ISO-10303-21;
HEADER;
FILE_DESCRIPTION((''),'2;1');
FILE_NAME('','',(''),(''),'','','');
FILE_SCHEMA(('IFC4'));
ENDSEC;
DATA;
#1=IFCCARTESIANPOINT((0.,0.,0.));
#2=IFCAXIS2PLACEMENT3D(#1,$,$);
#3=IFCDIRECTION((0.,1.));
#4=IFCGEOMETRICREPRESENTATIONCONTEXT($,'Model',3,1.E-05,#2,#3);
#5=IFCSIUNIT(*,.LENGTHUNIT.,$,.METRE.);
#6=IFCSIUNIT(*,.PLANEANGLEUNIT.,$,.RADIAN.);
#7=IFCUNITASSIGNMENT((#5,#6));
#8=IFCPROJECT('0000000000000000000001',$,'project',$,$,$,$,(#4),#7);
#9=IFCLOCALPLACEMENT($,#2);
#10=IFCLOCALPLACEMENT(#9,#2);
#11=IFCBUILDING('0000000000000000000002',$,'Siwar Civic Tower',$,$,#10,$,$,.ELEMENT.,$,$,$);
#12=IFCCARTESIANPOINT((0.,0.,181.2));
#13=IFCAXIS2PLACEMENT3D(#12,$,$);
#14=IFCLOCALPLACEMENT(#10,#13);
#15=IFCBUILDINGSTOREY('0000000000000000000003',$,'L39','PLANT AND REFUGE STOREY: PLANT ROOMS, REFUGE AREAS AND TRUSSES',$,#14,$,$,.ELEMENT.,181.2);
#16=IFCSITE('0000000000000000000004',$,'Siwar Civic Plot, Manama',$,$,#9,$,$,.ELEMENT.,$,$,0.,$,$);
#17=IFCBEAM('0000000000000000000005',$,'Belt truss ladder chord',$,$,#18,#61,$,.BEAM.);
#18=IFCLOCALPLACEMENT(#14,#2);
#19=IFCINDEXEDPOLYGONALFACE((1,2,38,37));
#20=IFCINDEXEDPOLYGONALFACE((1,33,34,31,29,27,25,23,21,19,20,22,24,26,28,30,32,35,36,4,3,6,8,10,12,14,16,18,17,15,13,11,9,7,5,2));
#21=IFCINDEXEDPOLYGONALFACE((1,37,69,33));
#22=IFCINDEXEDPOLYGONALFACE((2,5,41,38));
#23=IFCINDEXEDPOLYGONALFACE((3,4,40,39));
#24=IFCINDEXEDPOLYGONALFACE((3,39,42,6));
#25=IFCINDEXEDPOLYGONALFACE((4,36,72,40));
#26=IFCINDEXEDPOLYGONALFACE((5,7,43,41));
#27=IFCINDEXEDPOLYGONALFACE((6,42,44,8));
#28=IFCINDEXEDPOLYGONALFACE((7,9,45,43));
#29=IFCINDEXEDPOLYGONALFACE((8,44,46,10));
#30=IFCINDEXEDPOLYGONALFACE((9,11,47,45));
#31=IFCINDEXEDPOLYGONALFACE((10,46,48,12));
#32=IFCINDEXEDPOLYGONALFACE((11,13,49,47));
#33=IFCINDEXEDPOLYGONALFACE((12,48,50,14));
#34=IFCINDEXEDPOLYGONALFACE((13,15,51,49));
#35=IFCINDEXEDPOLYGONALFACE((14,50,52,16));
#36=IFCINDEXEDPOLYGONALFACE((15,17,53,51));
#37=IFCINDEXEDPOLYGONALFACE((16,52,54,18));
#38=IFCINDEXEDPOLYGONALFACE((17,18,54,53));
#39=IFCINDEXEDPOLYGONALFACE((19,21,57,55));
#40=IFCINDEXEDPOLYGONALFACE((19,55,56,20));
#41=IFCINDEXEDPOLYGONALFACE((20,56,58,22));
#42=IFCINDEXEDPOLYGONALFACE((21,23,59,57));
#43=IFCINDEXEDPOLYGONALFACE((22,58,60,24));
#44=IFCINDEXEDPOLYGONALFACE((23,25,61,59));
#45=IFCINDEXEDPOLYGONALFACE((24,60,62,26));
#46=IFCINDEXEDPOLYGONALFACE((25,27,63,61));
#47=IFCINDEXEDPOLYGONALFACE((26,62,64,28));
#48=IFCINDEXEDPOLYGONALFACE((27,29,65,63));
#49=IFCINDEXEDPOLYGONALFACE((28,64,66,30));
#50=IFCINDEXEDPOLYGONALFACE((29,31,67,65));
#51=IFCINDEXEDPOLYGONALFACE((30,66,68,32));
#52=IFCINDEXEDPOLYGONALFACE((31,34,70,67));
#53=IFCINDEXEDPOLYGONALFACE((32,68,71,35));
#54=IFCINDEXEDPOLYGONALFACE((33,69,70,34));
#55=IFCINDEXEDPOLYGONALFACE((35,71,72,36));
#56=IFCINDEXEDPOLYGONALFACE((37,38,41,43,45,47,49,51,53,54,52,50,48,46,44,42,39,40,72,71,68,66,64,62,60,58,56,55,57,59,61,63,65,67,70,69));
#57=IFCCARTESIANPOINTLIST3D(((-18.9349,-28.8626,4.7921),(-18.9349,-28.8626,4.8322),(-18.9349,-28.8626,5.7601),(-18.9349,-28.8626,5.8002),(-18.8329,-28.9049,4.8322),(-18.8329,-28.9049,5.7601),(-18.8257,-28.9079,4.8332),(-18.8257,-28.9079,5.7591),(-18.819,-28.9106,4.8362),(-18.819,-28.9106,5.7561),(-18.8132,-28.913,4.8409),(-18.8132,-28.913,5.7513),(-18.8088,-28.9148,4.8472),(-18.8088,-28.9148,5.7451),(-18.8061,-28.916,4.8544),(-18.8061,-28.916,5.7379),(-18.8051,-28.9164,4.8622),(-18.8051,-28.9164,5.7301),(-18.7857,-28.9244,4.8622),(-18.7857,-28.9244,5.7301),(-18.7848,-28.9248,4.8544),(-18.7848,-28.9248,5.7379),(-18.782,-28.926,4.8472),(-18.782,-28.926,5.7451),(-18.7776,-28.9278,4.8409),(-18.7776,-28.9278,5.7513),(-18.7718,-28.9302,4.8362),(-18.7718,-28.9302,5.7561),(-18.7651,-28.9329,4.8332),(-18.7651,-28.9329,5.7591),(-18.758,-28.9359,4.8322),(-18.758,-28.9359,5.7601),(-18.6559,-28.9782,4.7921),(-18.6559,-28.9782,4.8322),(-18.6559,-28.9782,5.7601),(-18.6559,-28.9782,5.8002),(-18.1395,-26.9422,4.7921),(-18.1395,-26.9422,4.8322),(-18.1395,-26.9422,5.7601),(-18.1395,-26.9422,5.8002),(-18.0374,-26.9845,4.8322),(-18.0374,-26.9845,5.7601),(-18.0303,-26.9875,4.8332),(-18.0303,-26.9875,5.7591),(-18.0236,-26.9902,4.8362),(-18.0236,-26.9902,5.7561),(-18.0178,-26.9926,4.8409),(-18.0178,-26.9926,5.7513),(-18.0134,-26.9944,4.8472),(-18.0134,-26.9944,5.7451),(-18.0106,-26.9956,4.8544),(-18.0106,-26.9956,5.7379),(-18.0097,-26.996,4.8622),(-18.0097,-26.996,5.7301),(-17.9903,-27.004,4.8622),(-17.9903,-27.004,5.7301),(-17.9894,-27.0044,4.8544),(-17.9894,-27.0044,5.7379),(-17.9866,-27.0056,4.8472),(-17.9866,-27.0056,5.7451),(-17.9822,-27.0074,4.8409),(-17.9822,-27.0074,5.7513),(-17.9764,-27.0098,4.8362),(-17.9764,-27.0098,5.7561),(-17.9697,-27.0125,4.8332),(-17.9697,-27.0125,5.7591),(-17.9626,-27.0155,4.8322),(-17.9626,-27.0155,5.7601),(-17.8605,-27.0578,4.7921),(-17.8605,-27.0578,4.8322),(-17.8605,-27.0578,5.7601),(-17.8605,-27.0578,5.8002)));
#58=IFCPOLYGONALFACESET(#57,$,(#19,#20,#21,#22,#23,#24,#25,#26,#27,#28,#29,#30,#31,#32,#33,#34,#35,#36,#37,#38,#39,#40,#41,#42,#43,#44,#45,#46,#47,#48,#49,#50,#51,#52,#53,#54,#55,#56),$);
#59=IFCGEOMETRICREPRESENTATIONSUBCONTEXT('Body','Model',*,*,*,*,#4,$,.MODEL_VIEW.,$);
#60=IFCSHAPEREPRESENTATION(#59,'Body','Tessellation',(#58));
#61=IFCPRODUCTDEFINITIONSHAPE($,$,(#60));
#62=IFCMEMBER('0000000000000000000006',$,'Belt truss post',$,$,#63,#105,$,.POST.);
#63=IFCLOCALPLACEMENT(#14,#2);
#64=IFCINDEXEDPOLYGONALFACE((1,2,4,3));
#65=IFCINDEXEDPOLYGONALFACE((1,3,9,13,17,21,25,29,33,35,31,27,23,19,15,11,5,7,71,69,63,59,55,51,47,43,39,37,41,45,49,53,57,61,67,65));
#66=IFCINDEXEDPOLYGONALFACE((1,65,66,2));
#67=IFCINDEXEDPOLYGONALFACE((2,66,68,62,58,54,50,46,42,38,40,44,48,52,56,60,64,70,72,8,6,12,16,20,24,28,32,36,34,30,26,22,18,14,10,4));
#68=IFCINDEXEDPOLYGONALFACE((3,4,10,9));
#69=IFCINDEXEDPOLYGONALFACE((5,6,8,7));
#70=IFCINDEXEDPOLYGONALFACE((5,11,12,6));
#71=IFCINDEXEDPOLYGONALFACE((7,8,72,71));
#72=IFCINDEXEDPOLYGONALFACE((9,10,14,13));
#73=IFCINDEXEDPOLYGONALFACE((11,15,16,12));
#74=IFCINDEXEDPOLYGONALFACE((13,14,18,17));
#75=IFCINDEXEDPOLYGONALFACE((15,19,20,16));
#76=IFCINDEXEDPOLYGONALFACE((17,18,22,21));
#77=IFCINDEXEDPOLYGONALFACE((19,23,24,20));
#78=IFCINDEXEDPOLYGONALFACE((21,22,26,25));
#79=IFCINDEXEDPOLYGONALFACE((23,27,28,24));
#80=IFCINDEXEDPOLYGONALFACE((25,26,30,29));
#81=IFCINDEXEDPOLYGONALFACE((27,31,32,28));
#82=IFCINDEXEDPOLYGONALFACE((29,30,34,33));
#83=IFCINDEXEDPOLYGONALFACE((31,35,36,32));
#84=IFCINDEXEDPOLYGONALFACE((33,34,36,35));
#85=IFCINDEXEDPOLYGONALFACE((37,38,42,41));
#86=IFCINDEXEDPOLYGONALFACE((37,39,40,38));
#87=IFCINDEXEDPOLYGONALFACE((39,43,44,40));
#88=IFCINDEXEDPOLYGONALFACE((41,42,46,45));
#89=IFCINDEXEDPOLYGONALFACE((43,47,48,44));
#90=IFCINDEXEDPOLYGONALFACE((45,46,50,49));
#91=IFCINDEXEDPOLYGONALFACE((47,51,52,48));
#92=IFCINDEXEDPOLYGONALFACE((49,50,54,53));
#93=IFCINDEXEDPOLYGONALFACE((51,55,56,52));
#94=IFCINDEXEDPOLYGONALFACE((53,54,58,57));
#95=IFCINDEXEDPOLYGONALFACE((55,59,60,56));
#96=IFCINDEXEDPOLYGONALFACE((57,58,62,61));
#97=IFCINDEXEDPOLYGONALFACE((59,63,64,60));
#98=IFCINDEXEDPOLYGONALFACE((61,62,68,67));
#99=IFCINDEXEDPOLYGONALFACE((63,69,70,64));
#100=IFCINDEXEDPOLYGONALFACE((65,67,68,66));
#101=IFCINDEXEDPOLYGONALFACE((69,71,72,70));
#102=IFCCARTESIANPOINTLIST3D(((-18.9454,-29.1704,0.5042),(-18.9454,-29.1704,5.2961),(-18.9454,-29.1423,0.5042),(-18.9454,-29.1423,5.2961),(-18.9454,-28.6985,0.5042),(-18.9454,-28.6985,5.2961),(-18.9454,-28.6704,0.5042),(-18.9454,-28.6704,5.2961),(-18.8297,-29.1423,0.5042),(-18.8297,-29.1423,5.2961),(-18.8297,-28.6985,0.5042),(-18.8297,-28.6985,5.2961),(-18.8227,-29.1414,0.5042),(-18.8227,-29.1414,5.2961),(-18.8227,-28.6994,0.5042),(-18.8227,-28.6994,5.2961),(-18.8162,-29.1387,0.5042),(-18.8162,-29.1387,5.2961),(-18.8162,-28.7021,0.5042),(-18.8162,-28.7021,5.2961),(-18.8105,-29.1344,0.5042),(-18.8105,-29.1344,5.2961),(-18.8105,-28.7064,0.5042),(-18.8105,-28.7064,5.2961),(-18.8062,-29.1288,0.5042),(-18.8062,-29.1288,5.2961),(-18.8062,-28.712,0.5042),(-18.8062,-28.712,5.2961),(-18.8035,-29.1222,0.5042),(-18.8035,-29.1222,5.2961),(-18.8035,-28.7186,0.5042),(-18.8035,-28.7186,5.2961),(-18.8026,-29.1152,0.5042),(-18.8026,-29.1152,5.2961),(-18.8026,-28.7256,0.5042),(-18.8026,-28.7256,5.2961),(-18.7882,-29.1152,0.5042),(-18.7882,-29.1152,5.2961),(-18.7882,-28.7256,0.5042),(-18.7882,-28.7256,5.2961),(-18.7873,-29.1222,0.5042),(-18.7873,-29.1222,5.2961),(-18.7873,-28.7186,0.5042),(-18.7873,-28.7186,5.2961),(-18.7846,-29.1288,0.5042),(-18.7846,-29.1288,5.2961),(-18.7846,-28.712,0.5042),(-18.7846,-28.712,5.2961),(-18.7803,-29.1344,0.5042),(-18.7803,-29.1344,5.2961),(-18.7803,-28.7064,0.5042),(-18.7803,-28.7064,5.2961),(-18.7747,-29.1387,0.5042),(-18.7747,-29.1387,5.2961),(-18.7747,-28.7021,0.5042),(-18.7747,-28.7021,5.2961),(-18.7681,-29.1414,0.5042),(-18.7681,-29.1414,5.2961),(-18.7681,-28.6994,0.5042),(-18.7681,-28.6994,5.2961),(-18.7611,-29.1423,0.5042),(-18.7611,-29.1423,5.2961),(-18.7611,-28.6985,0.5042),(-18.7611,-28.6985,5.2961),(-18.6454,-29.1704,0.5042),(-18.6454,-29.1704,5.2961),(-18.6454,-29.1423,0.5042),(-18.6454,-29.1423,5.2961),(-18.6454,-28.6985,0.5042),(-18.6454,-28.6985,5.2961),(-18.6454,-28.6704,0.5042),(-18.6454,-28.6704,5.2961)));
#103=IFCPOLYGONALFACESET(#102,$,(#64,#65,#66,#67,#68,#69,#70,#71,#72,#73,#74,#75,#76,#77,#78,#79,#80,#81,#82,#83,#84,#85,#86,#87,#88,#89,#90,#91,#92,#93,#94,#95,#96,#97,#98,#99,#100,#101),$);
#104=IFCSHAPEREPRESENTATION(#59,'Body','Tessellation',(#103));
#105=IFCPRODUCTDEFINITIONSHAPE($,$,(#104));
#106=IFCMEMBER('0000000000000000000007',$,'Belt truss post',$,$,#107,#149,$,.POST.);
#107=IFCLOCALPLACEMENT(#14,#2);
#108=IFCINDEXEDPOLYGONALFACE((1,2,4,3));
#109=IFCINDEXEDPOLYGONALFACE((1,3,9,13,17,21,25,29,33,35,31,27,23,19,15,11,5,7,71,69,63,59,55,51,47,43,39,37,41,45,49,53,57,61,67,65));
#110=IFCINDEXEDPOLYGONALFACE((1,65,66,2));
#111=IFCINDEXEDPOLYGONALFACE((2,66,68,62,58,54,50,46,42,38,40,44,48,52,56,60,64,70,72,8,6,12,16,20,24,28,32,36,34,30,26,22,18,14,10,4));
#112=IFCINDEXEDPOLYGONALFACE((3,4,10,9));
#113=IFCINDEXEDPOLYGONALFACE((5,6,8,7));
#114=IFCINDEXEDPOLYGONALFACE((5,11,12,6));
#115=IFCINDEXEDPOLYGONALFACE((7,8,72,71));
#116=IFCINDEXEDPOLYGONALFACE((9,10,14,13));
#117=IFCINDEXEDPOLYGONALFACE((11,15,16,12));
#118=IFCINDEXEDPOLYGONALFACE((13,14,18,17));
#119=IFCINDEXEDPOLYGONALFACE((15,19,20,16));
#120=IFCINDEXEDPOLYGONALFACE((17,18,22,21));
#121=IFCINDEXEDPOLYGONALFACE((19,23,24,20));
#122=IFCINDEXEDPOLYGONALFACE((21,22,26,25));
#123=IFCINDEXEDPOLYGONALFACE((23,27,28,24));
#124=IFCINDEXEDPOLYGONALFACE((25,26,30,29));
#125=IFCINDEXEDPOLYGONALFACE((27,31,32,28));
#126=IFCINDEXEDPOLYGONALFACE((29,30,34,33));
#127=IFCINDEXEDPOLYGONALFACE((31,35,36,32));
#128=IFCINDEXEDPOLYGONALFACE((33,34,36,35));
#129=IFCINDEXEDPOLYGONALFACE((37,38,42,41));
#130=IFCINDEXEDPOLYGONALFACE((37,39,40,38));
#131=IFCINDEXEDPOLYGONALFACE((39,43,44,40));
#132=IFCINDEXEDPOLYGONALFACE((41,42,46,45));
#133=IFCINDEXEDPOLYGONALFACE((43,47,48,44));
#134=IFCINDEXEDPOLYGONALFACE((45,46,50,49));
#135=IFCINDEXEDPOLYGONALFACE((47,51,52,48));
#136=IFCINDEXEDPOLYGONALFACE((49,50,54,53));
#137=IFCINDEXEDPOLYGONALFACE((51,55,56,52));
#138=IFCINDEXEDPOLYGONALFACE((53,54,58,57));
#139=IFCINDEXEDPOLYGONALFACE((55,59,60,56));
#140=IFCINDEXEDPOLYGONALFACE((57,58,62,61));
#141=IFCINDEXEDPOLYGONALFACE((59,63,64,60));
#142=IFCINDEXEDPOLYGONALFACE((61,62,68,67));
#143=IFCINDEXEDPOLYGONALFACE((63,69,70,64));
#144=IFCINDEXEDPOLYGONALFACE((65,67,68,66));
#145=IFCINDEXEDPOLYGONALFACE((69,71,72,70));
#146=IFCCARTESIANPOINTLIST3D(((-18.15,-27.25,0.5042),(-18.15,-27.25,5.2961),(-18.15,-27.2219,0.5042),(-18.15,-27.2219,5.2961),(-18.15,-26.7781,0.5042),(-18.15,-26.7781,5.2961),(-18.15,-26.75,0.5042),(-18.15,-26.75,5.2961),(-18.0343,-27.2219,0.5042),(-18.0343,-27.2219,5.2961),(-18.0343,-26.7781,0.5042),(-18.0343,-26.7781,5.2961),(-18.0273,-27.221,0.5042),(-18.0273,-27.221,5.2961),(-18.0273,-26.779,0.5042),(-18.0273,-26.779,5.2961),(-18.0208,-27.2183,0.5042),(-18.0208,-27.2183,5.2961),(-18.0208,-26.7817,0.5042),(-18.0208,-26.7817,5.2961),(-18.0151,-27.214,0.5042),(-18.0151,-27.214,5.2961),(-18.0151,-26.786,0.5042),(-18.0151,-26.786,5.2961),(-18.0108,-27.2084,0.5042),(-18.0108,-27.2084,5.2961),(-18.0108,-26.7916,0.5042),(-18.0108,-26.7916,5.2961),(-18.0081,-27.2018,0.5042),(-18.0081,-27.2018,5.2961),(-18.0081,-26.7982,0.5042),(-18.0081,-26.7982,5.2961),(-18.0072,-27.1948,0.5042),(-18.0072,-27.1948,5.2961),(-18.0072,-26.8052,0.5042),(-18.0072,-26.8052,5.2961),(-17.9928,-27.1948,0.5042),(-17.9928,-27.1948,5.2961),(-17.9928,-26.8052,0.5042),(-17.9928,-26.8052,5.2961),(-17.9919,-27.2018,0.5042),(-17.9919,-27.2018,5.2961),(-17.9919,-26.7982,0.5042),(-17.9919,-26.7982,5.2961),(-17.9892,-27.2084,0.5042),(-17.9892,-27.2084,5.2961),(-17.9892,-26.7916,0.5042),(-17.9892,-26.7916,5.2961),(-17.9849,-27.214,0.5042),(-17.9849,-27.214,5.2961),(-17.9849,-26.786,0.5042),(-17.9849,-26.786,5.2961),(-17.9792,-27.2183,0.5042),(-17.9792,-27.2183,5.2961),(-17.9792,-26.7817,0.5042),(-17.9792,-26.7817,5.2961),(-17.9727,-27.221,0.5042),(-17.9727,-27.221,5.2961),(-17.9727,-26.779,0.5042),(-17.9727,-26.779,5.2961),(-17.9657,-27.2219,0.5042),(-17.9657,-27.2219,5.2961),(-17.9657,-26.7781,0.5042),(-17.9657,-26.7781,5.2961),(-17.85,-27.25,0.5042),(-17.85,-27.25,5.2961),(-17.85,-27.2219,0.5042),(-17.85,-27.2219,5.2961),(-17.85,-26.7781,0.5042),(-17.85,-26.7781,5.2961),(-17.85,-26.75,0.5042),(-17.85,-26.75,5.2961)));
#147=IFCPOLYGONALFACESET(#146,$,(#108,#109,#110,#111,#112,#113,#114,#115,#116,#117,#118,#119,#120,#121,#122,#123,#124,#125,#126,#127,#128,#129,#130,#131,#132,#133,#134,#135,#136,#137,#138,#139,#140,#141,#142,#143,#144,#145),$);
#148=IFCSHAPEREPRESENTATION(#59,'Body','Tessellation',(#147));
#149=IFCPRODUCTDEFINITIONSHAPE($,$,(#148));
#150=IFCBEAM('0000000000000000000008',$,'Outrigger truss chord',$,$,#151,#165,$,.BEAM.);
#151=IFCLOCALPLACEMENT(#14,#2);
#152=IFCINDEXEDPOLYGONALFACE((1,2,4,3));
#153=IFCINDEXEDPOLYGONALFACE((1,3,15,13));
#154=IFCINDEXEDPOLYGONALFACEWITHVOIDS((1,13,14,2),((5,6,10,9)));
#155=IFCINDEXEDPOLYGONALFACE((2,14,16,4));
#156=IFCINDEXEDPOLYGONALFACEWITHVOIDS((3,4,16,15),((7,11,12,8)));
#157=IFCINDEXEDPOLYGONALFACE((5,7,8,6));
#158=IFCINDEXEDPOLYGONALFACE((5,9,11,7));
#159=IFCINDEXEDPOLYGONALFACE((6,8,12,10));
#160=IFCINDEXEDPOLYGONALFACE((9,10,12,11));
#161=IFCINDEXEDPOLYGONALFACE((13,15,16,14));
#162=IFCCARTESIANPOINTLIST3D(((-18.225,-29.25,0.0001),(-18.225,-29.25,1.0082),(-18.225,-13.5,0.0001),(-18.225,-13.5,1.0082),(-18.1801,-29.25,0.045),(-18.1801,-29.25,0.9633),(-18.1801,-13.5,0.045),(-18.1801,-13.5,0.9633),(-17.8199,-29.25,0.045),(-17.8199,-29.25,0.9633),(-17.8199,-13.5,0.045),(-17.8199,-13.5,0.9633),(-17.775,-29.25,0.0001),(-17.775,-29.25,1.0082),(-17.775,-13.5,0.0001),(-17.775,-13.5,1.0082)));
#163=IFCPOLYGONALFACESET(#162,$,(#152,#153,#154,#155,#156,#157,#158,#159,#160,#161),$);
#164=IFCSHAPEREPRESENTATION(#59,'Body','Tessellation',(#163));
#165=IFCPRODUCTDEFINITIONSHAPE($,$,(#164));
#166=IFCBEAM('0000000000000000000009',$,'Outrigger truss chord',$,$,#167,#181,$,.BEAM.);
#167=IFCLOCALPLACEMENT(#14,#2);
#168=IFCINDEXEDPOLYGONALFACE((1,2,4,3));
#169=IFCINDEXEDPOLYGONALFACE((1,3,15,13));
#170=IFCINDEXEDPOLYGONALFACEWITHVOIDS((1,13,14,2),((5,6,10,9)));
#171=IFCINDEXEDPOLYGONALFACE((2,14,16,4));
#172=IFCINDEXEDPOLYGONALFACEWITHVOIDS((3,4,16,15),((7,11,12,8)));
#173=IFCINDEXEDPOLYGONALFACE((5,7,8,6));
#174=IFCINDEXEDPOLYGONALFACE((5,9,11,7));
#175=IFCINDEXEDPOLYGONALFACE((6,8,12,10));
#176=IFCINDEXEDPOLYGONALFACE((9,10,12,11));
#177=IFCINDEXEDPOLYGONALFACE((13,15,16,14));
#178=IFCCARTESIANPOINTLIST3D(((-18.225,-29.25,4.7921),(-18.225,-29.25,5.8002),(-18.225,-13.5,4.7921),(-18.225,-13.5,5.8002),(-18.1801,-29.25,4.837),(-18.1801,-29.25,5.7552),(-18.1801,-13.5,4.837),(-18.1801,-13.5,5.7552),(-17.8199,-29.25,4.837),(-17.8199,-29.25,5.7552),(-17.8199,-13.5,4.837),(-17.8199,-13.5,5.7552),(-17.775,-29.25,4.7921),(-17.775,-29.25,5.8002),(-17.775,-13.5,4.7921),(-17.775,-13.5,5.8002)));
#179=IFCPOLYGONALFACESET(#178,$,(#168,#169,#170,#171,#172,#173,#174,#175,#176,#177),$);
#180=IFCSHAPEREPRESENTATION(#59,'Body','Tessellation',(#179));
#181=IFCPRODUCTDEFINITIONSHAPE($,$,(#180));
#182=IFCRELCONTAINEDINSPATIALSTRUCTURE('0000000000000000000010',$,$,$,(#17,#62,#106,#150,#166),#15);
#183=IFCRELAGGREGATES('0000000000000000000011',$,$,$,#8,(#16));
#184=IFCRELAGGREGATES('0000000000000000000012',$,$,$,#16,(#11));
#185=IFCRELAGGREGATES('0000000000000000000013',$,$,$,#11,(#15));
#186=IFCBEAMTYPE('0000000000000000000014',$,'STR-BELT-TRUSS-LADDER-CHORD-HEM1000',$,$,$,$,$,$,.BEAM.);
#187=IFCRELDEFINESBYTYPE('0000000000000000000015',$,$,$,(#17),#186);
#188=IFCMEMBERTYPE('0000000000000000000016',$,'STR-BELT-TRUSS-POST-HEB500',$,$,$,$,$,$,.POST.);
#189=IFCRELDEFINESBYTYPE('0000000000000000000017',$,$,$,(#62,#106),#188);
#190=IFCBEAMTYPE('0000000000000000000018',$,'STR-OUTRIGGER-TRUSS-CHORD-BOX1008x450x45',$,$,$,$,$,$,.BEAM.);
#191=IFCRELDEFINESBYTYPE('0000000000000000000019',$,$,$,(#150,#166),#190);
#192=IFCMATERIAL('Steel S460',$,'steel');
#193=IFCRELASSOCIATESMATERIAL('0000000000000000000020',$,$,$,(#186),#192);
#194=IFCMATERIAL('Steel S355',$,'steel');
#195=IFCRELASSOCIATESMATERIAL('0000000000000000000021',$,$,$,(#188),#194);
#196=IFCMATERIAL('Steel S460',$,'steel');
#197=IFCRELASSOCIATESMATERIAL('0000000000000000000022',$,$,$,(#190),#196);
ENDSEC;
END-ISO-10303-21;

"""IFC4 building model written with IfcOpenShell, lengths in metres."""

from ifc_helpers import new_model, si_unit, direction, frame, origin, origin_2d, place, context, subcontext, project, spatial, hollow_rectangle, i_section, extrude, material, material_profile, profile_set, type_object, element, save


model = new_model("IFC4")

# Units and contexts
model_context = context("Model", 3, precision=1e-05, world=origin(), true_north=direction((0.0, 1.0)))
body_context = subcontext(model_context, "Body", "Model", "MODEL_VIEW")
ifc_project = project(units=[si_unit("LENGTHUNIT", "METRE"), si_unit("PLANEANGLEUNIT", "RADIAN")], contexts=[model_context])

# Site, building, storey
site_placement = place(None, origin())
site = spatial("IfcSite", under=ifc_project, at=site_placement, Name="Siwar Civic Plot, Manama", CompositionType="ELEMENT", RefElevation=0.0)
building_placement = place(site_placement, origin())
building = spatial("IfcBuilding", under=site, at=building_placement, Name="Siwar Civic Tower", CompositionType="ELEMENT")
storey_placement = place(building_placement, frame((0.0, 0.0, 181.2)))
storey = spatial("IfcBuildingStorey", under=building, at=storey_placement, Name="L39", Description="PLANT AND REFUGE STOREY: PLANT ROOMS, REFUGE AREAS AND TRUSSES", CompositionType="ELEMENT", Elevation=181.2)

# Beam
ifc_material_1 = material(Name="Steel S460", Category="steel")
ifc_material_profile_1 = material_profile(ifc_material_1, i_section(OverallWidth=0.302, OverallDepth=1.0081, WebThickness=0.021, FlangeThickness=0.04, FilletRadius=0.03, at=origin_2d()), Name="HEM1000")
ifc_profile_set_1 = profile_set([ifc_material_profile_1], Name="Steel S460")
beam_type_1 = type_object("IfcBeamType", Name="STR-BELT-TRUSS-LADDER-CHORD-HEM1000", PredefinedType="BEAM", material=ifc_profile_set_1)
for number, where, z_axis, x_axis, name in (
    (1, (-18.0, -27.0, 5.2961), (-0.382663, -0.923888, 0.0), (0.923888, -0.382663, 0.0), "Belt truss ladder chord"),
):
    element("IfcBeam", number, at=place(storey_placement, frame(where, z_axis=z_axis, x_axis=x_axis)), inside=storey, type_object=beam_type_1, Name=name, PredefinedType="BEAM", context=body_context, shape_type="SweptSolid", body=[
        extrude(i_section(OverallWidth=0.302, OverallDepth=1.0081, WebThickness=0.021, FlangeThickness=0.04, FilletRadius=0.03, at=origin_2d()), origin(), (0.0, 0.0, 1.0), 2.0786),
    ])

# Members
ifc_material_2 = material(Name="Steel S355", Category="steel")
ifc_material_profile_2 = material_profile(ifc_material_2, i_section(OverallWidth=0.3, OverallDepth=0.5, WebThickness=0.0144, FlangeThickness=0.0281, FilletRadius=0.0271, at=origin_2d()), Name="HEB500")
ifc_profile_set_2 = profile_set([ifc_material_profile_2], Name="Steel S355")
member_type_1 = type_object("IfcMemberType", Name="STR-BELT-TRUSS-POST-HEB500", PredefinedType="POST", material=ifc_profile_set_2)
for number, where, z_axis, x_axis, name in (
    (2, (-18.7954, -28.9204, 0.5042), (0.0, 0.0, 1.0), (1.0, 0.0, 0.0), "Belt truss post"),
    (3, (-18.0, -27.0, 0.5042), (0.0, 0.0, 1.0), (1.0, 0.0, 0.0), "Belt truss post"),
):
    element("IfcMember", number, at=place(storey_placement, frame(where, z_axis=z_axis, x_axis=x_axis)), inside=storey, type_object=member_type_1, Name=name, PredefinedType="POST", context=body_context, shape_type="SweptSolid", body=[
        extrude(i_section(OverallWidth=0.3, OverallDepth=0.5, WebThickness=0.0144, FlangeThickness=0.0281, FilletRadius=0.0271, at=origin_2d()), origin(), (0.0, 0.0, 1.0), 4.792),
    ])

# Beams
ifc_material_3 = material(Name="Steel S460", Category="steel")
ifc_material_profile_3 = material_profile(ifc_material_3, hollow_rectangle(XDim=0.45, YDim=1.0081, WallThickness=0.0449, at=origin_2d()), Name="BOX1008x450x45")
ifc_profile_set_3 = profile_set([ifc_material_profile_3], Name="Steel S460")
beam_type_2 = type_object("IfcBeamType", Name="STR-OUTRIGGER-TRUSS-CHORD-BOX1008x450x45", PredefinedType="BEAM", material=ifc_profile_set_3)
for number, where, z_axis, x_axis, name in (
    (4, (-18.0, -29.25, 0.5042), (0.0, 1.0, 0.0), (-1.0, 0.0, 0.0), "Outrigger truss chord"),
    (5, (-18.0, -29.25, 5.2961), (0.0, 1.0, 0.0), (-1.0, 0.0, 0.0), "Outrigger truss chord"),
):
    element("IfcBeam", number, at=place(storey_placement, frame(where, z_axis=z_axis, x_axis=x_axis)), inside=storey, type_object=beam_type_2, Name=name, PredefinedType="BEAM", context=body_context, shape_type="SweptSolid", body=[
        extrude(hollow_rectangle(XDim=0.45, YDim=1.0081, WallThickness=0.0449, at=origin_2d()), origin(), (0.0, 0.0, 1.0), 15.75),
    ])

save(model, "model.ifc")
